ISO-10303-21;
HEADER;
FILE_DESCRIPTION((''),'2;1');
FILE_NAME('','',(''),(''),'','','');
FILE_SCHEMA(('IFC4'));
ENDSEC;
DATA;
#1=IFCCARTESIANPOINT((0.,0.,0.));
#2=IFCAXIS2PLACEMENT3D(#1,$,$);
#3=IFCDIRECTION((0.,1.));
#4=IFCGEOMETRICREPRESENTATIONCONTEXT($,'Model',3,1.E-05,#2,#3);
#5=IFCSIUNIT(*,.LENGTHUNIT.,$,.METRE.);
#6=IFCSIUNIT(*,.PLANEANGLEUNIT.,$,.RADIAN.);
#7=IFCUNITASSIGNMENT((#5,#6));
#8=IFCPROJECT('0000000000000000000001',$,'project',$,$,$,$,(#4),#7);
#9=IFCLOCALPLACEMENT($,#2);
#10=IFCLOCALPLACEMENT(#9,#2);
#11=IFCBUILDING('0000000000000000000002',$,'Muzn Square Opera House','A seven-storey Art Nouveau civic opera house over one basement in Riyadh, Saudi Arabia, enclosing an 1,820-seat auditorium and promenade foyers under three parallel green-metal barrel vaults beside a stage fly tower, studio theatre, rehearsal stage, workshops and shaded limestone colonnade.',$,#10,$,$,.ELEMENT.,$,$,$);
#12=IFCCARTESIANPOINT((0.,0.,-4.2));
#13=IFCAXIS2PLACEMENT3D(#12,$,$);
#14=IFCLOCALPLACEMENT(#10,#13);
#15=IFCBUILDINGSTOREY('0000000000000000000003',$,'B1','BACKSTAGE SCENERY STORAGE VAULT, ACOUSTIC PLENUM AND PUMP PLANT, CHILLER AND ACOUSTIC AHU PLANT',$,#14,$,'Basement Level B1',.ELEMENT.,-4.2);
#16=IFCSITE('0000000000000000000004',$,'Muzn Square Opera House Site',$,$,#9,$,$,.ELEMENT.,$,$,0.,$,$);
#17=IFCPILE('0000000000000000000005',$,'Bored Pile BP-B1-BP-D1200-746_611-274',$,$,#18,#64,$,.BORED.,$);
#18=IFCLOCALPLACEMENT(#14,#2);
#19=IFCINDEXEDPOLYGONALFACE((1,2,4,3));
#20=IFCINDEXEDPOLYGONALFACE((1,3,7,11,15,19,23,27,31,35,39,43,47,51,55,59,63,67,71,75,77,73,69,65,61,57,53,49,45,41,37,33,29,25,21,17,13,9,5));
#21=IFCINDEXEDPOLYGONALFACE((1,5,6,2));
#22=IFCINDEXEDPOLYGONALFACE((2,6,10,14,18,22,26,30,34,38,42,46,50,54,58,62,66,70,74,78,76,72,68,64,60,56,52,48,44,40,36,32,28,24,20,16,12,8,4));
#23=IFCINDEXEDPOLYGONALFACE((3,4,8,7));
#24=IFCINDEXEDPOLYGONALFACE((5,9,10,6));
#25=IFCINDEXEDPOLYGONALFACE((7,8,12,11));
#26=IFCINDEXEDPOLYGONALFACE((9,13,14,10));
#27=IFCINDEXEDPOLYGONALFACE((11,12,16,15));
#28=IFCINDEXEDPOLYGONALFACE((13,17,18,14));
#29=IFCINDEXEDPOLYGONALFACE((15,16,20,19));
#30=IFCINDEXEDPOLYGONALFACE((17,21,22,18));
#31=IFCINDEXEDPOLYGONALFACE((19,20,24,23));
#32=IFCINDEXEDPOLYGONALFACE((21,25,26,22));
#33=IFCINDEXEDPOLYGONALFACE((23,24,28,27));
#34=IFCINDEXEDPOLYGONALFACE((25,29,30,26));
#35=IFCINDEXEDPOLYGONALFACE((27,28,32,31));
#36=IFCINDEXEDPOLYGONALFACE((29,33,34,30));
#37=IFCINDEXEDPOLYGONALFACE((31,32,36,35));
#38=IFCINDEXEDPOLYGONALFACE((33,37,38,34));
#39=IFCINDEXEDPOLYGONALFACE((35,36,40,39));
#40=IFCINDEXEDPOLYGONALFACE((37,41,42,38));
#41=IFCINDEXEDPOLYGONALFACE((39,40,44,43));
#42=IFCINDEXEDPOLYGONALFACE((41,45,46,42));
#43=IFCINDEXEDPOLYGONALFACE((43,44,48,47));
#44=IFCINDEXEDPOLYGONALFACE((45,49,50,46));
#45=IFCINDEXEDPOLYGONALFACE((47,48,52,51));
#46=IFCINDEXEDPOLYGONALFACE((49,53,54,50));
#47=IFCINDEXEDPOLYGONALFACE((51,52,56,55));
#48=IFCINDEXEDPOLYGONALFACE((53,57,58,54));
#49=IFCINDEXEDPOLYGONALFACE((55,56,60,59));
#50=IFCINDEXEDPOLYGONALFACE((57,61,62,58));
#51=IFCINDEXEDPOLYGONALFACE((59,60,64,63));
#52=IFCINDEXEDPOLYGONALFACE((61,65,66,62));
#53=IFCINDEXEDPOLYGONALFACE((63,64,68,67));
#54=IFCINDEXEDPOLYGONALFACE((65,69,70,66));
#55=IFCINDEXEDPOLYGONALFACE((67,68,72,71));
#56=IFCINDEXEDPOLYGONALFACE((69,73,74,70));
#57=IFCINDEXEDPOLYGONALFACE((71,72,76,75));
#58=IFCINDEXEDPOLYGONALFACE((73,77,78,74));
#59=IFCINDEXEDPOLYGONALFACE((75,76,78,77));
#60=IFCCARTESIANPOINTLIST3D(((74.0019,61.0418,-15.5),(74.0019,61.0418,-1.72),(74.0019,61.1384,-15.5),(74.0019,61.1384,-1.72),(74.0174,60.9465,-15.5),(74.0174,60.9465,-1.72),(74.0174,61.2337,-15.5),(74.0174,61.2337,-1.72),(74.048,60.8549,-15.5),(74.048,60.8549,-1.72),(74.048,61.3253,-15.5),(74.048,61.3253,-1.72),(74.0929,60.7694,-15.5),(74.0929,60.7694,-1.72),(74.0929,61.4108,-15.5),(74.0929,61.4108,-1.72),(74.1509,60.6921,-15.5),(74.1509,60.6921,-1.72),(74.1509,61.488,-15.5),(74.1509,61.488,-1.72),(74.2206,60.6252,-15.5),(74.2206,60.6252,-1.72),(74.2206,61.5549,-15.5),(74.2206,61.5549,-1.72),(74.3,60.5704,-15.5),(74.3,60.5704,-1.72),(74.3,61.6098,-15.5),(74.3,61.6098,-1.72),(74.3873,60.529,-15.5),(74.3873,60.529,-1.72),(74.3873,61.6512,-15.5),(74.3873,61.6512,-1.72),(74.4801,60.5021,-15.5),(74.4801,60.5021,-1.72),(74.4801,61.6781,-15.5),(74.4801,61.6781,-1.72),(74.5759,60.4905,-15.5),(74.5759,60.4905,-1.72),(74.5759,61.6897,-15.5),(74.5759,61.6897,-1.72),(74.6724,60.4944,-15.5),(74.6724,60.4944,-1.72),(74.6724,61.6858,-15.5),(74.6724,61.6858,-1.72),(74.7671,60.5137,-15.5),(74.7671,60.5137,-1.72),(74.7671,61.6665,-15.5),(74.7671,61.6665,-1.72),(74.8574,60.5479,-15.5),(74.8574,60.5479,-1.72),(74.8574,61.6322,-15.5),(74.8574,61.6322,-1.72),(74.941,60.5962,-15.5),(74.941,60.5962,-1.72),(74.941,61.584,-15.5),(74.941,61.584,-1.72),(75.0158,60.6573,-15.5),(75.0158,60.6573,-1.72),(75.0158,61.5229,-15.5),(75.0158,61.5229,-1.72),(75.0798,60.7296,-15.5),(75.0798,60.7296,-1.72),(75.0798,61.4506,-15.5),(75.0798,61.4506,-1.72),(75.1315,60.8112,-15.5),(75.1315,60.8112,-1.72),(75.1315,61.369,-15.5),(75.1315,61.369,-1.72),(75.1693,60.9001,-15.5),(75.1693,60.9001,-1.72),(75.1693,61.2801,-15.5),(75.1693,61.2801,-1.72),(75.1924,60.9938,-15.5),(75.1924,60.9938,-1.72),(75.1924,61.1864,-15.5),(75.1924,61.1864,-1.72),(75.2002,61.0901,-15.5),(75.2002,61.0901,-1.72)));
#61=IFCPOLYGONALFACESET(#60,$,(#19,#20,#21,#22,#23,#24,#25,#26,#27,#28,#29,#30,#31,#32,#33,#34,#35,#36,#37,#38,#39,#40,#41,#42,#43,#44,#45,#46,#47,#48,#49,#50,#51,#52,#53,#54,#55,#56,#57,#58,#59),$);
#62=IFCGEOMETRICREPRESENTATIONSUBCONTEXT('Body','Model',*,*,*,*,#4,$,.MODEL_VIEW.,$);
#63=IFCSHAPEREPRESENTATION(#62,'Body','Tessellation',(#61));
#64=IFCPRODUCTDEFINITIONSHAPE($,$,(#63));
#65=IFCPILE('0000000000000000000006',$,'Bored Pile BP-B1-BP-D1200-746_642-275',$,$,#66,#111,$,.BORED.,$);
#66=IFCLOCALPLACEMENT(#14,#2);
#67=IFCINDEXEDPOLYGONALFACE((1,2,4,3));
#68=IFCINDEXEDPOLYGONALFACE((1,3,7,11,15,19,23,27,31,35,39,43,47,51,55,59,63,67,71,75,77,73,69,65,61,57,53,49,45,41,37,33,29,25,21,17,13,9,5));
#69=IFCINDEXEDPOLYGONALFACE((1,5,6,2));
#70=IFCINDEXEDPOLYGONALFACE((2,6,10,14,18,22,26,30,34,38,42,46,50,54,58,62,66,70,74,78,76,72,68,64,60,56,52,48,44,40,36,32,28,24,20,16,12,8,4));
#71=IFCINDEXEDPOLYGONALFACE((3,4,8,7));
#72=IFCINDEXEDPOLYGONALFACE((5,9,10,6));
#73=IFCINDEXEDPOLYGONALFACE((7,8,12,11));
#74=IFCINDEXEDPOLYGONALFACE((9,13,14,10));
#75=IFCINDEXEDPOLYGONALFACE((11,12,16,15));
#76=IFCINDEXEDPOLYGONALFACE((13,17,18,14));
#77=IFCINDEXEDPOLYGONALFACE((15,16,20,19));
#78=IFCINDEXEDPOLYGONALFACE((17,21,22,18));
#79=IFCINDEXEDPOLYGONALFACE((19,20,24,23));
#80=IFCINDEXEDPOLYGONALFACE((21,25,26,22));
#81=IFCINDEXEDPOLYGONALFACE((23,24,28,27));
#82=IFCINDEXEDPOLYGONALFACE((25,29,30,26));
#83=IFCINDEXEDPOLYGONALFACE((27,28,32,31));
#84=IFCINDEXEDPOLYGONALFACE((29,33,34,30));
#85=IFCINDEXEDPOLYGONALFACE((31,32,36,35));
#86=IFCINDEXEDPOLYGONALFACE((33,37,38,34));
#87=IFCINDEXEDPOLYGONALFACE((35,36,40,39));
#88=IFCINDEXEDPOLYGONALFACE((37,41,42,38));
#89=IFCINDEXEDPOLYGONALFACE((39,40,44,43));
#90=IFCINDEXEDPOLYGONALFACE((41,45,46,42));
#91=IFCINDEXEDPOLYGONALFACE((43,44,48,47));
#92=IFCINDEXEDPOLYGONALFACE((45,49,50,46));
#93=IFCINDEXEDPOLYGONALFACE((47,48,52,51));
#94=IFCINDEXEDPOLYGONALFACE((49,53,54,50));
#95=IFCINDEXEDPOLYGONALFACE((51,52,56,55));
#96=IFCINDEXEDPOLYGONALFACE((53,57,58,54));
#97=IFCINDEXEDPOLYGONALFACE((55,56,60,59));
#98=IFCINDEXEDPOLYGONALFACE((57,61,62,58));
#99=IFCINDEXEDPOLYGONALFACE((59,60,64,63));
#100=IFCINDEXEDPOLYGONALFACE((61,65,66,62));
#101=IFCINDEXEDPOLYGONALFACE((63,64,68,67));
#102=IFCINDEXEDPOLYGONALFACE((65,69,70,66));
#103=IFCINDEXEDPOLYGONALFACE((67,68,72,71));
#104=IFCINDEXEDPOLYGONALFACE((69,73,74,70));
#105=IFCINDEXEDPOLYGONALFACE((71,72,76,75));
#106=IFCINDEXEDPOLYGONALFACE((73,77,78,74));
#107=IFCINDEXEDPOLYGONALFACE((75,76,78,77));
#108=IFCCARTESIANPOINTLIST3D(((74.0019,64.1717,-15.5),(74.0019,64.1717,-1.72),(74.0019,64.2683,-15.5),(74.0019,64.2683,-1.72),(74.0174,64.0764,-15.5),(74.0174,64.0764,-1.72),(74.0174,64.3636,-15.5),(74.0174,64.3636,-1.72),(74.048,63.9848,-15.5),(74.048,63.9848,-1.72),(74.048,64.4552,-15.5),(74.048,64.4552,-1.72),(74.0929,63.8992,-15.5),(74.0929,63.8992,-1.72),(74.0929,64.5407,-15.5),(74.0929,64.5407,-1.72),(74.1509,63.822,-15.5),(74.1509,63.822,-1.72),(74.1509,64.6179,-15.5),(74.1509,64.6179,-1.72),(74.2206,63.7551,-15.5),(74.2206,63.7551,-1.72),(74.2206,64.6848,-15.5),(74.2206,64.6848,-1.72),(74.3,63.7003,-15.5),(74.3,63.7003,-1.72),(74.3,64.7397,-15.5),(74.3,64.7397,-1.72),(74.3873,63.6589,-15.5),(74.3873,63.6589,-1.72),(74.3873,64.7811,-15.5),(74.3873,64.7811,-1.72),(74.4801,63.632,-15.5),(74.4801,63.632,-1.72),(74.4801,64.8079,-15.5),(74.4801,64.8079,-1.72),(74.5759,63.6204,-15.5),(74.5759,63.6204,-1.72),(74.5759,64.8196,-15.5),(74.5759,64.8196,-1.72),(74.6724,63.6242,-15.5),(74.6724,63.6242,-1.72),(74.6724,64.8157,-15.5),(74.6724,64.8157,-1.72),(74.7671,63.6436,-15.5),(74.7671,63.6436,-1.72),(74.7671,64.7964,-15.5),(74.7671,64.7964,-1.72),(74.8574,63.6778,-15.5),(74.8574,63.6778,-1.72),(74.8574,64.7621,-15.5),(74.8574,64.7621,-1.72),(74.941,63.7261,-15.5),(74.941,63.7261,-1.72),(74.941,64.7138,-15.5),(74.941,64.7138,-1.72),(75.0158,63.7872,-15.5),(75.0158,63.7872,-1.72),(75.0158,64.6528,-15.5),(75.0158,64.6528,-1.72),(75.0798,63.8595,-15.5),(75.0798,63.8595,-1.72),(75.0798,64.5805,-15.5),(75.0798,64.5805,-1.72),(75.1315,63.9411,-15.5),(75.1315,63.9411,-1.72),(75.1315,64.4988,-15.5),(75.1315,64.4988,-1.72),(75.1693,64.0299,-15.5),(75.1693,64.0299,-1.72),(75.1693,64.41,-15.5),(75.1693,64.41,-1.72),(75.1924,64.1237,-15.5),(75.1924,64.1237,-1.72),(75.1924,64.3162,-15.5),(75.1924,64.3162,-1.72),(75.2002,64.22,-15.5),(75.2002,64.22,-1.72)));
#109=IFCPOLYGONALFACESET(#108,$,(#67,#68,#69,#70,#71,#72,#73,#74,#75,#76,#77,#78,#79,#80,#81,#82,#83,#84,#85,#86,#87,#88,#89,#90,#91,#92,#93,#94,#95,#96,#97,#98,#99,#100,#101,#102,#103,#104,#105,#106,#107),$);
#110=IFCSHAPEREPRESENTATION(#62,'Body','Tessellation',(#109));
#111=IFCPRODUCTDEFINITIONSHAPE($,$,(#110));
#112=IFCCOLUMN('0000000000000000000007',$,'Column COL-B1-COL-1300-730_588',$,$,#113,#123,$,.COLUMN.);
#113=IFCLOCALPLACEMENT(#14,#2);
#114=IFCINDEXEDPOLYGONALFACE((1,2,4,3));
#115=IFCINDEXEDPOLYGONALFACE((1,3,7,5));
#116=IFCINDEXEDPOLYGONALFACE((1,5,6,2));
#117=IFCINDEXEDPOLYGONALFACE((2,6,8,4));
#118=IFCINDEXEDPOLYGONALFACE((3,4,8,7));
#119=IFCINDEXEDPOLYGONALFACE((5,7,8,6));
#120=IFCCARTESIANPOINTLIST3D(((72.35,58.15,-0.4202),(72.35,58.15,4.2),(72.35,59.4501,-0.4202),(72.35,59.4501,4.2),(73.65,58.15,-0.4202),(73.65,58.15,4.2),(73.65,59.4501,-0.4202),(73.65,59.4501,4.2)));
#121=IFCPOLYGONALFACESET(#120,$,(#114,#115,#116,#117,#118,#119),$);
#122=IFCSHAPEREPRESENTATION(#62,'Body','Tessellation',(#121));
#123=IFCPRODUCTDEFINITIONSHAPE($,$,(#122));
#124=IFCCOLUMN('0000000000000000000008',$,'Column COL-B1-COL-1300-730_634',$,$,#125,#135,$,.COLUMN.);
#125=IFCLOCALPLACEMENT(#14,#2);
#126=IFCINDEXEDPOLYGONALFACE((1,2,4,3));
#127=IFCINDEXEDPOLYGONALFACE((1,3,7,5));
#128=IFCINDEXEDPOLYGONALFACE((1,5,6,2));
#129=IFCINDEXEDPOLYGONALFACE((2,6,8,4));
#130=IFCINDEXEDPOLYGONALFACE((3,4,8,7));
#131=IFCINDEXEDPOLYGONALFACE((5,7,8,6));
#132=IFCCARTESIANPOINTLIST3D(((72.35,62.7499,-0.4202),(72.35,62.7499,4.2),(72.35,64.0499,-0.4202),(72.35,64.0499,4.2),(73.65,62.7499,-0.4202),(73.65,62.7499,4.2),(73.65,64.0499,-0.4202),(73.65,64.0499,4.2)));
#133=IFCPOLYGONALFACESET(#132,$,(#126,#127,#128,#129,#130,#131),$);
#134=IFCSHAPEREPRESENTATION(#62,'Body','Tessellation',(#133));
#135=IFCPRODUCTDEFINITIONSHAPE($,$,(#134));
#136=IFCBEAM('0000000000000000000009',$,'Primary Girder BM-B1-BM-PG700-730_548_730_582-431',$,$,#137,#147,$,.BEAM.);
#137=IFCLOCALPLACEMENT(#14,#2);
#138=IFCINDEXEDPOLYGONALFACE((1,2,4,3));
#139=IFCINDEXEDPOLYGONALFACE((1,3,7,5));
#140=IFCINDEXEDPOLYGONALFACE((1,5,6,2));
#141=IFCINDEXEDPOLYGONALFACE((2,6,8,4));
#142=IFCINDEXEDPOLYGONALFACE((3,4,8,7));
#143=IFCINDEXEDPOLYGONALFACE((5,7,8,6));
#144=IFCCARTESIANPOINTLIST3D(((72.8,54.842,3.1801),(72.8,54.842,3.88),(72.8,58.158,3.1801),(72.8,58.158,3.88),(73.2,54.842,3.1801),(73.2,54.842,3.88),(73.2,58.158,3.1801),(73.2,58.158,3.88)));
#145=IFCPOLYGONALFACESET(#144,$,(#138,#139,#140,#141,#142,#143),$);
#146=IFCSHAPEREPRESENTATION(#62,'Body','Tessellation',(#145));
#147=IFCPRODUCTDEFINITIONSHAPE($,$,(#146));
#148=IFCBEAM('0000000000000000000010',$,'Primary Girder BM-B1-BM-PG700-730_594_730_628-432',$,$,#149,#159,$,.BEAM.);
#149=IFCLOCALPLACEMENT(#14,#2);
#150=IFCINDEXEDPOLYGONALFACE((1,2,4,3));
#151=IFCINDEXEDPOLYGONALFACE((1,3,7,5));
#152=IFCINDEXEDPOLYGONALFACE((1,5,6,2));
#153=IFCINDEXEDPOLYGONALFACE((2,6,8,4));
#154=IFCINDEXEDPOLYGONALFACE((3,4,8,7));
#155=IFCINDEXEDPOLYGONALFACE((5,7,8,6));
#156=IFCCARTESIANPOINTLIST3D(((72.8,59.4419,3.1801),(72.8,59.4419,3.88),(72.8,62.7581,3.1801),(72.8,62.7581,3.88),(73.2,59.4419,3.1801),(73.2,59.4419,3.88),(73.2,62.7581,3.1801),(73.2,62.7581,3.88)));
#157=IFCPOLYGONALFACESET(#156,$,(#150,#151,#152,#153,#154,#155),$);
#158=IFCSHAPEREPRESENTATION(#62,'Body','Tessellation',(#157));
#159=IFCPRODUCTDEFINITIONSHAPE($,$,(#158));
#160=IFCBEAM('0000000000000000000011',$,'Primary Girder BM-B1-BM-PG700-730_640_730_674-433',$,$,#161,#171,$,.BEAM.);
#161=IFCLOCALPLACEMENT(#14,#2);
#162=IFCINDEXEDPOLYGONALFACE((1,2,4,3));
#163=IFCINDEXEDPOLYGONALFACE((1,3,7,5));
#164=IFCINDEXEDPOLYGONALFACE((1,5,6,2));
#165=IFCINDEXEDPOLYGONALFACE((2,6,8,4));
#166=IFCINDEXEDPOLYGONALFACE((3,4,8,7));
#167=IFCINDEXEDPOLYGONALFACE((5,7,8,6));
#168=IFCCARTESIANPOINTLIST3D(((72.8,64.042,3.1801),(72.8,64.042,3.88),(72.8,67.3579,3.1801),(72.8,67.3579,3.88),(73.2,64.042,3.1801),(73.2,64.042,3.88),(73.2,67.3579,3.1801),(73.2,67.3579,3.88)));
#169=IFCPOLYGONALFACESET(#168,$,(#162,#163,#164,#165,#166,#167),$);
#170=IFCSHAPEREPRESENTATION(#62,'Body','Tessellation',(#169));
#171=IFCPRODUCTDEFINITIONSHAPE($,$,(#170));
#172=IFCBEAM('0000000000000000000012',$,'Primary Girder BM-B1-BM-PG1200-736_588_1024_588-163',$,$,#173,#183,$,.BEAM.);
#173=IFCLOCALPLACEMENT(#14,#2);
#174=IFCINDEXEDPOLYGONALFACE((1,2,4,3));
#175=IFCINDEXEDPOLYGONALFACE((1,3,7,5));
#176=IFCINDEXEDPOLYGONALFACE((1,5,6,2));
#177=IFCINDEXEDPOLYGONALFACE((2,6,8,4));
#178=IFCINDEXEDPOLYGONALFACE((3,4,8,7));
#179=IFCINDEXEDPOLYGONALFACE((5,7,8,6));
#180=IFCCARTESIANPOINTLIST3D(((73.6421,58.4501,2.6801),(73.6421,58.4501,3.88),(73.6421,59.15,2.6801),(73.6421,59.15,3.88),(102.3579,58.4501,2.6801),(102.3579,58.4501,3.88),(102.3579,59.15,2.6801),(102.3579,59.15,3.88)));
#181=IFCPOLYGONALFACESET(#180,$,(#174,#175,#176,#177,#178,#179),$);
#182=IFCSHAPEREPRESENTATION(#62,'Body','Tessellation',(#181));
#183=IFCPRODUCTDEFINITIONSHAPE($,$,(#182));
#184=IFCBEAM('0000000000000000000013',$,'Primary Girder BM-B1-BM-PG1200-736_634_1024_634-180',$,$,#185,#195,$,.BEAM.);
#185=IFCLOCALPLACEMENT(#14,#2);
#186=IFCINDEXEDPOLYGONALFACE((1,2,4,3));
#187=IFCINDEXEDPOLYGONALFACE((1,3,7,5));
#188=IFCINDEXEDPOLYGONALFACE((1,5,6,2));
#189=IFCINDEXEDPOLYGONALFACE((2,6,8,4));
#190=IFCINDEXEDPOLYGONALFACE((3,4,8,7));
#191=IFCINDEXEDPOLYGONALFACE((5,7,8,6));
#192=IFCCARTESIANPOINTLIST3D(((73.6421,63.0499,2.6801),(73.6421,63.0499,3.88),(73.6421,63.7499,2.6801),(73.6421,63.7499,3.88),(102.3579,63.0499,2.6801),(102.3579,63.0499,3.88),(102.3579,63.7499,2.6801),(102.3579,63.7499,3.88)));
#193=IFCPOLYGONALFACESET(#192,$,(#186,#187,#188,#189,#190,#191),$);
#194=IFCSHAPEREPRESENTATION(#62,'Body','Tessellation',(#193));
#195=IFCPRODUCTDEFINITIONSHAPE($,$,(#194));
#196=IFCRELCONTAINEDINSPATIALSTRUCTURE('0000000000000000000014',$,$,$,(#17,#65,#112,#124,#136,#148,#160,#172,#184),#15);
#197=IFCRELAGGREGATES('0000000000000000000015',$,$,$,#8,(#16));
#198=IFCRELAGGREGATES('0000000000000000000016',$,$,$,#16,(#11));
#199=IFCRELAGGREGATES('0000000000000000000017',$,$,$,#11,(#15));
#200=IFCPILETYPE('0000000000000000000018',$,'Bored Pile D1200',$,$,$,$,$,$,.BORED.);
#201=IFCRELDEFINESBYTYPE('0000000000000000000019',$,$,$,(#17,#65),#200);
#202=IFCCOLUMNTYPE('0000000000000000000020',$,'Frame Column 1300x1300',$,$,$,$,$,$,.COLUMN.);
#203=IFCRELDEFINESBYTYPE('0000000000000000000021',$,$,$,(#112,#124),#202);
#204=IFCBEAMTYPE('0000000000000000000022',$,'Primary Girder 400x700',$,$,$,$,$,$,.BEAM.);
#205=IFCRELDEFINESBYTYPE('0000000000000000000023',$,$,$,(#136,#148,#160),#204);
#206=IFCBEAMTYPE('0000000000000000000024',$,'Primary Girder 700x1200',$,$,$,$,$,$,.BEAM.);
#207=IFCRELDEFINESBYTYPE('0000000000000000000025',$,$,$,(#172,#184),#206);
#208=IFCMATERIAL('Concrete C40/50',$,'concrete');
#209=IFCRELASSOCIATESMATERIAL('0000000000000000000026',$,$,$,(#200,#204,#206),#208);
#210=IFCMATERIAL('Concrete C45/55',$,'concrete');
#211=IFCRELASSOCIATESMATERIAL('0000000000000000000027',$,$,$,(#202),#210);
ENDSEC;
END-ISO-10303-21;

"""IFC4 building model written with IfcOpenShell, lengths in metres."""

from ifc_helpers import new_model, si_unit, direction, frame, origin, origin_2d, place, context, subcontext, project, spatial, rectangle, circle, extrude, material, material_profile, profile_set, type_object, element, save


model = new_model("IFC4")

# Units and contexts
model_context = context("Model", 3, precision=1e-05, world=origin(), true_north=direction((0.0, 1.0)))
body_context = subcontext(model_context, "Body", "Model", "MODEL_VIEW")
ifc_project = project(units=[si_unit("LENGTHUNIT", "METRE"), si_unit("PLANEANGLEUNIT", "RADIAN")], contexts=[model_context])

# Site, building, storey
site_placement = place(None, origin())
site = spatial("IfcSite", under=ifc_project, at=site_placement, Name="Muzn Square Opera House Site", CompositionType="ELEMENT", RefElevation=0.0)
building_placement = place(site_placement, origin())
building = spatial("IfcBuilding", under=site, at=building_placement, Name="Muzn Square Opera House", Description="A seven-storey Art Nouveau civic opera house over one basement in Riyadh, Saudi Arabia, enclosing an 1,820-seat auditorium and promenade foyers under three parallel green-metal barrel vaults beside a stage fly tower, studio theatre, rehearsal stage, workshops and shaded limestone colonnade.", CompositionType="ELEMENT")
storey_placement = place(building_placement, frame((0.0, 0.0, -4.2)))
storey = spatial("IfcBuildingStorey", under=building, at=storey_placement, Name="B1", Description="BACKSTAGE SCENERY STORAGE VAULT, ACOUSTIC PLENUM AND PUMP PLANT, CHILLER AND ACOUSTIC AHU PLANT", LongName="Basement Level B1", CompositionType="ELEMENT", Elevation=-4.2)

# Piles
ifc_material_1 = material(Name="Concrete C40/50", Category="concrete")
ifc_material_profile_1 = material_profile(ifc_material_1, circle(Radius=0.6001, at=origin_2d()), Name="BORED PILE D1200", Category="concrete")
ifc_profile_set_1 = profile_set([ifc_material_profile_1], Name="Concrete C40/50")
pile_type = type_object("IfcPileType", Name="Bored Pile D1200", PredefinedType="BORED", material=ifc_profile_set_1)
for number, where, z_axis, x_axis, name in (
    (1, (74.6001, 61.0901, -1.72), (0.0, 0.0, -1.0), (1.0, 0.0, 0.0), "Bored Pile BP-B1-BP-D1200-746_611-274"),
    (2, (74.6001, 64.22, -1.72), (0.0, 0.0, -1.0), (1.0, 0.0, 0.0), "Bored Pile BP-B1-BP-D1200-746_642-275"),
):
    element("IfcPile", number, at=place(storey_placement, frame(where, z_axis=z_axis, x_axis=x_axis)), inside=storey, type_object=pile_type, Name=name, PredefinedType="BORED", context=body_context, shape_type="SweptSolid", body=[
        extrude(circle(Radius=0.6001, at=origin_2d()), origin(), (0.0, 0.0, 1.0), 13.78),
    ])

# Columns
ifc_material_2 = material(Name="Concrete C45/55", Category="concrete")
ifc_material_profile_2 = material_profile(ifc_material_2, rectangle(XDim=1.3, YDim=1.3, at=origin_2d()), Name="RC 1300x1300", Category="concrete")
ifc_profile_set_2 = profile_set([ifc_material_profile_2], Name="Concrete C45/55")
column_type = type_object("IfcColumnType", Name="Frame Column 1300x1300", PredefinedType="COLUMN", material=ifc_profile_set_2)
for number, where, z_axis, x_axis, name in (
    (3, (73.0, 58.8, -0.4202), (0.0, 0.0, 1.0), (1.0, 0.0, 0.0), "Column COL-B1-COL-1300-730_588"),
    (4, (73.0, 63.3999, -0.4202), (0.0, 0.0, 1.0), (1.0, 0.0, 0.0), "Column COL-B1-COL-1300-730_634"),
):
    element("IfcColumn", number, at=place(storey_placement, frame(where, z_axis=z_axis, x_axis=x_axis)), inside=storey, type_object=column_type, Name=name, PredefinedType="COLUMN", context=body_context, shape_type="SweptSolid", body=[
        extrude(rectangle(XDim=1.3, YDim=1.3, at=origin_2d()), origin(), (0.0, 0.0, 1.0), 4.6201),
    ])

# Beams
ifc_material_profile_3 = material_profile(ifc_material_1, rectangle(XDim=0.3999, YDim=0.7, at=origin_2d()), Name="RCB 400x700", Category="concrete")
ifc_profile_set_3 = profile_set([ifc_material_profile_3], Name="Concrete C40/50")
beam_type_1 = type_object("IfcBeamType", Name="Primary Girder 400x700", PredefinedType="BEAM", material=ifc_profile_set_3)
beam_1_placement = place(storey_placement, frame((73.0, 54.842, 3.53), z_axis=(0.0, 1.0, 0.0), x_axis=(-1.0, 0.0, 0.0)))
element("IfcBeam", 5, at=beam_1_placement, inside=storey, type_object=beam_type_1, Name="Primary Girder BM-B1-BM-PG700-730_548_730_582-431", PredefinedType="BEAM", context=body_context, shape_type="SweptSolid", body=[
    extrude(rectangle(XDim=0.3999, YDim=0.7, at=origin_2d()), origin(), (0.0, 0.0, 1.0), 3.3159),
])
beam_2_placement = place(storey_placement, frame((73.0, 59.4419, 3.53), z_axis=(0.0, 1.0, 0.0), x_axis=(-1.0, 0.0, 0.0)))
element("IfcBeam", 6, at=beam_2_placement, inside=storey, type_object=beam_type_1, Name="Primary Girder BM-B1-BM-PG700-730_594_730_628-432", PredefinedType="BEAM", context=body_context, shape_type="SweptSolid", body=[
    extrude(rectangle(XDim=0.3999, YDim=0.7, at=origin_2d()), origin(), (0.0, 0.0, 1.0), 3.3162),
])
beam_3_placement = place(storey_placement, frame((73.0, 64.042, 3.53), z_axis=(0.0, 1.0, 0.0), x_axis=(-1.0, 0.0, 0.0)))
element("IfcBeam", 7, at=beam_3_placement, inside=storey, type_object=beam_type_1, Name="Primary Girder BM-B1-BM-PG700-730_640_730_674-433", PredefinedType="BEAM", context=body_context, shape_type="SweptSolid", body=[
    extrude(rectangle(XDim=0.3999, YDim=0.7, at=origin_2d()), origin(), (0.0, 0.0, 1.0), 3.3159),
])
ifc_material_profile_4 = material_profile(ifc_material_1, rectangle(XDim=0.7, YDim=1.2, at=origin_2d()), Name="RCB 700x1200", Category="concrete")
ifc_profile_set_4 = profile_set([ifc_material_profile_4], Name="Concrete C40/50")
beam_type_2 = type_object("IfcBeamType", Name="Primary Girder 700x1200", PredefinedType="BEAM", material=ifc_profile_set_4)
for number, where, z_axis, x_axis, name in (
    (8, (73.6421, 58.8, 3.28), (1.0, 0.0, 0.0), (0.0, 1.0, 0.0), "Primary Girder BM-B1-BM-PG1200-736_588_1024_588-163"),
    (9, (73.6421, 63.3999, 3.28), (1.0, 0.0, 0.0), (0.0, 1.0, 0.0), "Primary Girder BM-B1-BM-PG1200-736_634_1024_634-180"),
):
    element("IfcBeam", number, at=place(storey_placement, frame(where, z_axis=z_axis, x_axis=x_axis)), inside=storey, type_object=beam_type_2, Name=name, PredefinedType="BEAM", context=body_context, shape_type="SweptSolid", body=[
        extrude(rectangle(XDim=0.7, YDim=1.2, at=origin_2d()), origin(), (0.0, 0.0, 1.0), 28.7158),
    ])

save(model, "model.ifc")
